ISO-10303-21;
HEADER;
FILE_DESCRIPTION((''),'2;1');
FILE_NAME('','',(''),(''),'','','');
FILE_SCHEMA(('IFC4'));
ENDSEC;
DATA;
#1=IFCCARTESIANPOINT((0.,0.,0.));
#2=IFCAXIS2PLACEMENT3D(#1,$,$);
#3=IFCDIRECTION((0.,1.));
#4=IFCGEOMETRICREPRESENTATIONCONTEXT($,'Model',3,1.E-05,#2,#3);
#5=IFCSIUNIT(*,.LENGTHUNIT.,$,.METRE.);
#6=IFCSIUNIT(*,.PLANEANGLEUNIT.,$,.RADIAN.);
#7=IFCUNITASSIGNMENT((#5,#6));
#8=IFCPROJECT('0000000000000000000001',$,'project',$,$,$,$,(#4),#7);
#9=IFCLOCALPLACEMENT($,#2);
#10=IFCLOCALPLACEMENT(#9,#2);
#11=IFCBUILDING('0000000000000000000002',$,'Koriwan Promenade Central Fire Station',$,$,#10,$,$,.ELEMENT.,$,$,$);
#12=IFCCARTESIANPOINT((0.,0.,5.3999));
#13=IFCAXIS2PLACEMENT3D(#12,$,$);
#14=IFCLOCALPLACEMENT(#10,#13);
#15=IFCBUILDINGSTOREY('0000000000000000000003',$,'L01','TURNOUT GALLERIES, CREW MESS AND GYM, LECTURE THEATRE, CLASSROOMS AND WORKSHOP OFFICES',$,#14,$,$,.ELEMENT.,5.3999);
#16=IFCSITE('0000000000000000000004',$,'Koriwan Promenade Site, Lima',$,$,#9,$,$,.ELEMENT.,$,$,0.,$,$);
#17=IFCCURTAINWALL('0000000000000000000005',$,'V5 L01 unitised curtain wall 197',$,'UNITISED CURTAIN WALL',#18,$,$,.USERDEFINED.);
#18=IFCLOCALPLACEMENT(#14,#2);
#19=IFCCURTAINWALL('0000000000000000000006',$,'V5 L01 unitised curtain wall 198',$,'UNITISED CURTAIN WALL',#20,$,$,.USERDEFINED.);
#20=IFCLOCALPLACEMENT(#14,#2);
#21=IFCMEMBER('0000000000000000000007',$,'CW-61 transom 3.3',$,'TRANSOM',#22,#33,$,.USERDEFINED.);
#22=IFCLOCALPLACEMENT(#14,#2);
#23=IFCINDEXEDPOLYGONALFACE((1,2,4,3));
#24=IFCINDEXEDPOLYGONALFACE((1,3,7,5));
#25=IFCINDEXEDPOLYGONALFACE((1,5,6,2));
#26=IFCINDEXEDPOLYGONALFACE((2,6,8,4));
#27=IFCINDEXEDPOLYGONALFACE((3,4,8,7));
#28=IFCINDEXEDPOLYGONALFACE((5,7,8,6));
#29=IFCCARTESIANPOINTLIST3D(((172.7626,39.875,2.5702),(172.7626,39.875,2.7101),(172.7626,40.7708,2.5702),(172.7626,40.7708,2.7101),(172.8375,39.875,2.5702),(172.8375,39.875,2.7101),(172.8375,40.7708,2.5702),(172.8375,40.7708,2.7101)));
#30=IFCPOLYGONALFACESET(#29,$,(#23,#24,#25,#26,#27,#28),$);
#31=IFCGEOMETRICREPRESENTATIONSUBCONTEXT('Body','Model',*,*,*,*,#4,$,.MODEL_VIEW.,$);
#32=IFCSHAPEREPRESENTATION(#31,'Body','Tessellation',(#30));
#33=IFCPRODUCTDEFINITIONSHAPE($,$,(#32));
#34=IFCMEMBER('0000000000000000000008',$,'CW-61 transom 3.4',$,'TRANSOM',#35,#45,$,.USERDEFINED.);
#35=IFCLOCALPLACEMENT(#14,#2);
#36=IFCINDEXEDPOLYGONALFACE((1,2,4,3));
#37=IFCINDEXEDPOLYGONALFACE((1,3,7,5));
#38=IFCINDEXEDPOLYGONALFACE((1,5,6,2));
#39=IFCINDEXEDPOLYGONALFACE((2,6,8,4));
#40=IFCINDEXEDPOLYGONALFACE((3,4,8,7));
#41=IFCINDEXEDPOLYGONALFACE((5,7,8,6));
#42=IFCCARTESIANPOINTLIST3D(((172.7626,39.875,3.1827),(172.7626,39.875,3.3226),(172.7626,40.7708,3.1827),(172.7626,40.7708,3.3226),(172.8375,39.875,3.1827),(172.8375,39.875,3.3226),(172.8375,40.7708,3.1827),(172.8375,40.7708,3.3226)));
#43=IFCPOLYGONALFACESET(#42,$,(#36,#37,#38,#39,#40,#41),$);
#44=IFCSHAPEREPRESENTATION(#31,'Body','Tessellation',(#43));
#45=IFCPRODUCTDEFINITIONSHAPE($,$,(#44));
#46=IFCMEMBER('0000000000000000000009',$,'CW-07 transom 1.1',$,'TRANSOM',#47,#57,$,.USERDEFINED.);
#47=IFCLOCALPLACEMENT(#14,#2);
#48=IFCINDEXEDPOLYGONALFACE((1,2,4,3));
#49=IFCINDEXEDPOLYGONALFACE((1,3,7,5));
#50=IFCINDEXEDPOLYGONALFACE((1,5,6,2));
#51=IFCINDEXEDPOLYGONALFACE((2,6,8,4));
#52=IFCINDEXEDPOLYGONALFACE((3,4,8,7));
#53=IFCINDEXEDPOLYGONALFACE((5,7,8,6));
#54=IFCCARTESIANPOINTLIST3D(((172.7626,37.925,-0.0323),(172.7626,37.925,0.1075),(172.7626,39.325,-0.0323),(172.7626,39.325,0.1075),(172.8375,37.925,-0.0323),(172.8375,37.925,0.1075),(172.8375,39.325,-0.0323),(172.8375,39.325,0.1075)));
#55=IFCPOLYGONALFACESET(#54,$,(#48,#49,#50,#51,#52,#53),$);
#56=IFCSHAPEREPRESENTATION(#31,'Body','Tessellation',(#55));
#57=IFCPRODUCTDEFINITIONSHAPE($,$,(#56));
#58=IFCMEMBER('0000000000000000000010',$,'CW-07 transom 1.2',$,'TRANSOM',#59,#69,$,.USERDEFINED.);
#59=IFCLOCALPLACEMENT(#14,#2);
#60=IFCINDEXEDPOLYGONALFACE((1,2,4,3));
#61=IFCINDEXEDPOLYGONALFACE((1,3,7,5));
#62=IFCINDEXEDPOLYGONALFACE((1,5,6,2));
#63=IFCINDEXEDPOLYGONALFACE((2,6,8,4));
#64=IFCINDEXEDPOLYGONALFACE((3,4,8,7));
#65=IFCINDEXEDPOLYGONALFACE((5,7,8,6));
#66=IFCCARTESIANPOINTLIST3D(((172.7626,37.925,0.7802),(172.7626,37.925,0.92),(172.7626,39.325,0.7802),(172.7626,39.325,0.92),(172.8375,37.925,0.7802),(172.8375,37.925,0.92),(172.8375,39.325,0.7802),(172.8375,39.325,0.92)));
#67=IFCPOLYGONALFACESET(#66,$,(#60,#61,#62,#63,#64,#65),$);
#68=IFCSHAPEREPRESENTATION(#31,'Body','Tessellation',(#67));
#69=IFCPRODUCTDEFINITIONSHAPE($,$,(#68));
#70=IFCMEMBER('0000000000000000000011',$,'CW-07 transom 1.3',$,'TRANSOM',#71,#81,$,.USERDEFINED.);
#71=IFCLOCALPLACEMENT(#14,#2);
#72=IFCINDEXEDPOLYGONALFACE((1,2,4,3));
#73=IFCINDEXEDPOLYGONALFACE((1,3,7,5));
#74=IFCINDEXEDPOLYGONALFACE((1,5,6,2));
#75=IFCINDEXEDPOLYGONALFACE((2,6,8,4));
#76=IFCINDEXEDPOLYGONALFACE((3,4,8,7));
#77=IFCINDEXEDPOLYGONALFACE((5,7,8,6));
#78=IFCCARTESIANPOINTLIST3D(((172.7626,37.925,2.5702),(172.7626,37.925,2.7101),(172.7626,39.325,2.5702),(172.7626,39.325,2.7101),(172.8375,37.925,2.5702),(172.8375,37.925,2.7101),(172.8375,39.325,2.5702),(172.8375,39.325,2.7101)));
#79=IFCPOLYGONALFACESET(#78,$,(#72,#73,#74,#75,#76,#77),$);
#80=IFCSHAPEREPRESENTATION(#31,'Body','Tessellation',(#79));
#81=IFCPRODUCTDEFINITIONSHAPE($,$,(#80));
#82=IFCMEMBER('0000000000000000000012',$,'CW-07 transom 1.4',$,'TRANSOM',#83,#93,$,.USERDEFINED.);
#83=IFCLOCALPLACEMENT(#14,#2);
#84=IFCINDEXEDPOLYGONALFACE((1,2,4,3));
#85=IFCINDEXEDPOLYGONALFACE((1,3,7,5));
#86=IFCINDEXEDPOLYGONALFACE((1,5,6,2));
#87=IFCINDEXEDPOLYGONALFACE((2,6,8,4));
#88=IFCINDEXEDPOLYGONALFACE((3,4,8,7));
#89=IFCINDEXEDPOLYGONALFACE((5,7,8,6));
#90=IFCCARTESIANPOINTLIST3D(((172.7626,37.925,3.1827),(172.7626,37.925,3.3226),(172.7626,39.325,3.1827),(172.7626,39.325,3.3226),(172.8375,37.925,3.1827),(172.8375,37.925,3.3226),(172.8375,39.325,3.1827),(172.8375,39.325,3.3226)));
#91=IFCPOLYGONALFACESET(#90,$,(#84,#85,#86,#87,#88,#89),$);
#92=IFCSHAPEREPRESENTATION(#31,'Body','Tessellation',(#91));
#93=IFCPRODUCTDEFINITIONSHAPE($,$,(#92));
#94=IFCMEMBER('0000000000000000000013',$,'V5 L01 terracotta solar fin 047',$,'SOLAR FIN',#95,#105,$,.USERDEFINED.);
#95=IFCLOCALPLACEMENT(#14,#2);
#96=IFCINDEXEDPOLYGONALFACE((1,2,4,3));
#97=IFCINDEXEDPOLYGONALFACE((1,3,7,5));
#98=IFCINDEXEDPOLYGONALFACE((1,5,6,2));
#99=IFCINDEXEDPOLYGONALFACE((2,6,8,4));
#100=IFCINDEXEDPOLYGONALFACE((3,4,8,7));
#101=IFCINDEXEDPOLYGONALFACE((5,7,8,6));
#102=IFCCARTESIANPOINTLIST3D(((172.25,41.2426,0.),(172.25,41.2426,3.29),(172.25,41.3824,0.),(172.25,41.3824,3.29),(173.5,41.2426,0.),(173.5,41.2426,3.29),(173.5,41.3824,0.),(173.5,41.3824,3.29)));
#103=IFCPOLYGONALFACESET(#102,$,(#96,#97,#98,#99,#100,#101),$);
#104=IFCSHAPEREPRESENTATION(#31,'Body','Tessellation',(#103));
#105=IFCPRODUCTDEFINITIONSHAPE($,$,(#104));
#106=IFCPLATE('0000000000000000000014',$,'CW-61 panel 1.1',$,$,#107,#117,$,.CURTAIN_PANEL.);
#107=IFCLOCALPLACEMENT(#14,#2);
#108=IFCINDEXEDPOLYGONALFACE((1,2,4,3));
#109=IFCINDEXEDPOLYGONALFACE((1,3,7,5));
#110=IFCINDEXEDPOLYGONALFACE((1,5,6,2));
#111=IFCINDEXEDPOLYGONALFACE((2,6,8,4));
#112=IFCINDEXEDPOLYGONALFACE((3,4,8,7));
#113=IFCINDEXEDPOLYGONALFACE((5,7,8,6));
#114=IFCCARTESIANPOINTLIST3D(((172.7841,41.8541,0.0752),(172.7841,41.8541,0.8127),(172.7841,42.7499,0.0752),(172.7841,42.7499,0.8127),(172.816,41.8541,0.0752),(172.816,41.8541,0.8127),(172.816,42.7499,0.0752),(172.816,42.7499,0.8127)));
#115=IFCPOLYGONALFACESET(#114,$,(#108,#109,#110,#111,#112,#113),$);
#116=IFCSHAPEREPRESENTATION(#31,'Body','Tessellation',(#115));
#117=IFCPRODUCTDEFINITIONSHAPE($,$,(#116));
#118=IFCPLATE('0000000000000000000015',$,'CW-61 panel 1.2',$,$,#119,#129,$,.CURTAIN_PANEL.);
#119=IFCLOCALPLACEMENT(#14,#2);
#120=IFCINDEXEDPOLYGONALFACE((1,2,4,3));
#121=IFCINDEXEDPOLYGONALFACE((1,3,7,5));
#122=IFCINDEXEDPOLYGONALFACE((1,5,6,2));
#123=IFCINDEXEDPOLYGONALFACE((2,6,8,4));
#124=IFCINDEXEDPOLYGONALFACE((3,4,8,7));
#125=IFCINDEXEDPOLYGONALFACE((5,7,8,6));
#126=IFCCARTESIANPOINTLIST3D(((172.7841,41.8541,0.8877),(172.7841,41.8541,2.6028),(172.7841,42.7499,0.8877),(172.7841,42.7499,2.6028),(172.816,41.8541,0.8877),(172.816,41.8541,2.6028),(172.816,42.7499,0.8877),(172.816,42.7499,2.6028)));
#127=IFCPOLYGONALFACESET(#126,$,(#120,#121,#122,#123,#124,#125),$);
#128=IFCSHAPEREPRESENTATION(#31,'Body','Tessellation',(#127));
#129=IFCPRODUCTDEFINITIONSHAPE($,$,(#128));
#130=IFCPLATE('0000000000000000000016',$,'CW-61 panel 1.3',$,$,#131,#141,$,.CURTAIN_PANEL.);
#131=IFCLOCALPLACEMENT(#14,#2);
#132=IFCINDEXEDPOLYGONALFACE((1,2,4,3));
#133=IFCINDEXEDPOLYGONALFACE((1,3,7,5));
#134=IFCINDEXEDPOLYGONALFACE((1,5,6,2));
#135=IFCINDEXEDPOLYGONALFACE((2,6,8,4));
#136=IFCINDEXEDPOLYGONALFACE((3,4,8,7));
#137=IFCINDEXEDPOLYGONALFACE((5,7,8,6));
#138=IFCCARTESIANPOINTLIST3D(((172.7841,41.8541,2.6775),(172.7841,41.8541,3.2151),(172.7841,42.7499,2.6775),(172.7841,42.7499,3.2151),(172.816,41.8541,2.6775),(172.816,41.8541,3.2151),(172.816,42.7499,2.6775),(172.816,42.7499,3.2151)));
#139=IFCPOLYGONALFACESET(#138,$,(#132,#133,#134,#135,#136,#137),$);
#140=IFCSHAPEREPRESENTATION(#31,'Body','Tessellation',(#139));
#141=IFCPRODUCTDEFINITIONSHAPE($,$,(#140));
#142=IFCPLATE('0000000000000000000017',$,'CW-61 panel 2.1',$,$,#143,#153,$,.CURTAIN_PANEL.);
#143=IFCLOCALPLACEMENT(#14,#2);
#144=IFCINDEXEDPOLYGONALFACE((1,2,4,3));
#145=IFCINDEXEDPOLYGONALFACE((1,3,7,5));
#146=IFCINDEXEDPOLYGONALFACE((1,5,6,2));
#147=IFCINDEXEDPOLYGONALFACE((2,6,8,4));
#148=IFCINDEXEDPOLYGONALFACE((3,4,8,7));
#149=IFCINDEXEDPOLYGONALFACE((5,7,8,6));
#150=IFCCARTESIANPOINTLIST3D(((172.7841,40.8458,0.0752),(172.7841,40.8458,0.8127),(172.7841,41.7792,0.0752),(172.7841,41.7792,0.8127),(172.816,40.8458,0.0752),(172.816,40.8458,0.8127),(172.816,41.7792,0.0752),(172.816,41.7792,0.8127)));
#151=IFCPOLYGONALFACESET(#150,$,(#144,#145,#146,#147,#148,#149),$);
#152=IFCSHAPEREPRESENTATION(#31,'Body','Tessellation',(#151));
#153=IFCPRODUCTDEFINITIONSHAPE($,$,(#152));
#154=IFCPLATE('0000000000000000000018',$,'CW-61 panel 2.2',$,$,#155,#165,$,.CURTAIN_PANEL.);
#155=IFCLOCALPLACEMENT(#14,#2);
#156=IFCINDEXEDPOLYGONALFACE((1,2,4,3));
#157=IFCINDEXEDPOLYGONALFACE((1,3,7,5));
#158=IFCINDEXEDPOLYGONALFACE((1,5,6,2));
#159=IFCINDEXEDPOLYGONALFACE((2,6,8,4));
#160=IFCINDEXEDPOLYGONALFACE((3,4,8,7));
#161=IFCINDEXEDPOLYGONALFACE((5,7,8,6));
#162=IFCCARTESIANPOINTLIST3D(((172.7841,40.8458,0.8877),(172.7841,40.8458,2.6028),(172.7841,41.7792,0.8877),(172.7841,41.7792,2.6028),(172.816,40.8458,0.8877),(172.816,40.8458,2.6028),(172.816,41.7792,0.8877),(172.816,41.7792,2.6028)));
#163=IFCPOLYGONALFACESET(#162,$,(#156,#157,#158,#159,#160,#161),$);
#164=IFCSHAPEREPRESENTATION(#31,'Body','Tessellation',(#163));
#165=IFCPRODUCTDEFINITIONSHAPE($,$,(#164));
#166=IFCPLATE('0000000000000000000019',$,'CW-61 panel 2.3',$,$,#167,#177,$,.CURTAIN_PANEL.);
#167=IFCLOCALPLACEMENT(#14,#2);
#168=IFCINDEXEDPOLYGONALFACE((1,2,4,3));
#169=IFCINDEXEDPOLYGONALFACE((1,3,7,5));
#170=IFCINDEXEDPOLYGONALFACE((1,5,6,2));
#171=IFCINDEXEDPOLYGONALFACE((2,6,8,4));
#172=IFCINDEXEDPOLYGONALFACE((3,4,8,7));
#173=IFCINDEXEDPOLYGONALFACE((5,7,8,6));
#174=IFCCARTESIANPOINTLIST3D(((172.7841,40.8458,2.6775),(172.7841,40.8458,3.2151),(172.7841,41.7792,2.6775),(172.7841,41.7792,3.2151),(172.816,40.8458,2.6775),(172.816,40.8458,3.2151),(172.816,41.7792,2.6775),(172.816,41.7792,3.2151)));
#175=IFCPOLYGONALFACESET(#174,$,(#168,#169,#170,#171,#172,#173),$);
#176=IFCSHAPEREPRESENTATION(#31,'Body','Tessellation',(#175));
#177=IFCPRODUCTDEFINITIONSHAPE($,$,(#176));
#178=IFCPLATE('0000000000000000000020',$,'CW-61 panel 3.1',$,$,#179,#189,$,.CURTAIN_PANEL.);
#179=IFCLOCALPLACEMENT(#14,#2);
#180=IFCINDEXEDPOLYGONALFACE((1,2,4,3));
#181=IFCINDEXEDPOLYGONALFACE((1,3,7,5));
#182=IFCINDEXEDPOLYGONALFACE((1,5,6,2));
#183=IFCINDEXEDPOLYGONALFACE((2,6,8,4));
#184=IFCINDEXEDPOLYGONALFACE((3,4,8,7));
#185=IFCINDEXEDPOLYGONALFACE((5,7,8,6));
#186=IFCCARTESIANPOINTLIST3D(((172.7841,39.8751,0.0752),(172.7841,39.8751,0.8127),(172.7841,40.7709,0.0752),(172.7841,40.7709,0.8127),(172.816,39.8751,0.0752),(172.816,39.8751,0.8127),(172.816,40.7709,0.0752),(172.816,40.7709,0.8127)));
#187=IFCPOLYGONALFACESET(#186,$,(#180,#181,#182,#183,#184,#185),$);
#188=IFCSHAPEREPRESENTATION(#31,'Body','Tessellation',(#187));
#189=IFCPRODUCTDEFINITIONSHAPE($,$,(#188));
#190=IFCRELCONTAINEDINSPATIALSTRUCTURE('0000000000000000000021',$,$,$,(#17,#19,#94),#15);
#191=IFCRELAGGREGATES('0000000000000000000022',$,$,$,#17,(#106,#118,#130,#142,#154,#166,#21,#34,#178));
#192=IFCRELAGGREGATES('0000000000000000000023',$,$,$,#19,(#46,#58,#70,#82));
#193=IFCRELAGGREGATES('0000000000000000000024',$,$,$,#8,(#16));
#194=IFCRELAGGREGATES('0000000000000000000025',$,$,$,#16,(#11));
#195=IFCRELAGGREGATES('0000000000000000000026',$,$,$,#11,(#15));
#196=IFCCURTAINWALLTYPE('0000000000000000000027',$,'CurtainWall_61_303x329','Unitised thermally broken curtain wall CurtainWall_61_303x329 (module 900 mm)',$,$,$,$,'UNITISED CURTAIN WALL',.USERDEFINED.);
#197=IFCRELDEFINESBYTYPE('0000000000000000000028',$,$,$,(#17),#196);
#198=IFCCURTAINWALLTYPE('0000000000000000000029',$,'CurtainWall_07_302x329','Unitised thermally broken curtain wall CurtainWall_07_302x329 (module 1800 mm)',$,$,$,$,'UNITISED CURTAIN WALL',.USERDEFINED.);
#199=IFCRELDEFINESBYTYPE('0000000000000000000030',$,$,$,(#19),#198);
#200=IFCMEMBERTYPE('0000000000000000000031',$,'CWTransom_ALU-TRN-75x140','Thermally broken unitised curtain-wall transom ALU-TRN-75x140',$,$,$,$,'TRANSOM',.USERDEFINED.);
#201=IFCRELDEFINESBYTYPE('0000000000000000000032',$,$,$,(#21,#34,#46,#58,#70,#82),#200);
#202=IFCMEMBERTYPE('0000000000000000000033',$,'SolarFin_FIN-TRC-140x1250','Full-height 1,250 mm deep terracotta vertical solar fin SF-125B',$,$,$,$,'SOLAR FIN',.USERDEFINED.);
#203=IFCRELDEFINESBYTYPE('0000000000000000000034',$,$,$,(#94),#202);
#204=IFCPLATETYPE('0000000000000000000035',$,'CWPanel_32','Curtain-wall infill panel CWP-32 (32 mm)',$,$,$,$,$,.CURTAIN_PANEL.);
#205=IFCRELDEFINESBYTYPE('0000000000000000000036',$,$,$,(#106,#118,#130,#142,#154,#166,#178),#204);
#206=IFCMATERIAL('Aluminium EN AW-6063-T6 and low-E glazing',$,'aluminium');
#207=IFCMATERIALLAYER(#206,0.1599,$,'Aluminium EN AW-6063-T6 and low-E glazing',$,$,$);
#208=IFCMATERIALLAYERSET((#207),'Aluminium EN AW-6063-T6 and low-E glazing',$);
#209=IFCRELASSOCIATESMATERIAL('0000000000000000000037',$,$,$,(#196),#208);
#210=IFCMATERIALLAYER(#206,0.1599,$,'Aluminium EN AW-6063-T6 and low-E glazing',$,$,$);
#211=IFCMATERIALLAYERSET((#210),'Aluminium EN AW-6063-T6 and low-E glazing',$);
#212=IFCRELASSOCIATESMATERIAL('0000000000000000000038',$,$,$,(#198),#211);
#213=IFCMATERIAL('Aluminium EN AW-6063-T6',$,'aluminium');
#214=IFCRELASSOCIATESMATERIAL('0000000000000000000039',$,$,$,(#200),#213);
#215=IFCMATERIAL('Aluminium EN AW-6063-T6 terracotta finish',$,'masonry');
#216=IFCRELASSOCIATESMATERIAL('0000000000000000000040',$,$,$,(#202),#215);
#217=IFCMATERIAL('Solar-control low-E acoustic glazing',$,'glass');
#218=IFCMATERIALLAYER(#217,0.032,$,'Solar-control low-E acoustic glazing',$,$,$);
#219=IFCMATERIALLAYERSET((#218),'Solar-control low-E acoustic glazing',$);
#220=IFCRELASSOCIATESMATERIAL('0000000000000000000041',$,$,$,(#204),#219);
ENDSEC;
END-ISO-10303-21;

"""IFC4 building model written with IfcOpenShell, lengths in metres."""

from ifc_helpers import new_model, si_unit, direction, frame, origin, origin_2d, place, context, subcontext, project, spatial, rectangle, extrude, material, layer, layer_set, material_profile, profile_set, type_object, element, aggregate, save


model = new_model("IFC4")

# Units and contexts
model_context = context("Model", 3, precision=1e-05, world=origin(), true_north=direction((0.0, 1.0)))
body_context = subcontext(model_context, "Body", "Model", "MODEL_VIEW")
ifc_project = project(units=[si_unit("LENGTHUNIT", "METRE"), si_unit("PLANEANGLEUNIT", "RADIAN")], contexts=[model_context])

# Site, building, storey
site_placement = place(None, origin())
site = spatial("IfcSite", under=ifc_project, at=site_placement, Name="Koriwan Promenade Site, Lima", CompositionType="ELEMENT", RefElevation=0.0)
building_placement = place(site_placement, origin())
building = spatial("IfcBuilding", under=site, at=building_placement, Name="Koriwan Promenade Central Fire Station", CompositionType="ELEMENT")
storey_placement = place(building_placement, frame((0.0, 0.0, 5.3999)))
storey = spatial("IfcBuildingStorey", under=building, at=storey_placement, Name="L01", Description="TURNOUT GALLERIES, CREW MESS AND GYM, LECTURE THEATRE, CLASSROOMS AND WORKSHOP OFFICES", CompositionType="ELEMENT", Elevation=5.3999)

# Curtain wall
ifc_material_1 = material(Name="Aluminium EN AW-6063-T6 and low-E glazing", Category="aluminium")
ifc_layer_1 = layer(ifc_material_1, 0.1599, Name="Aluminium EN AW-6063-T6 and low-E glazing")
ifc_layer_set_1 = layer_set([ifc_layer_1], Name="Aluminium EN AW-6063-T6 and low-E glazing")
curtain_wall_type_1 = type_object("IfcCurtainWallType", Name="CurtainWall_61_303x329", Description="Unitised thermally broken curtain wall CurtainWall_61_303x329 (module 900 mm)", ElementType="UNITISED CURTAIN WALL", PredefinedType="USERDEFINED", material=ifc_layer_set_1)
curtain_wall_1_placement = place(storey_placement, origin())
curtain_wall_1 = element("IfcCurtainWall", 1, at=curtain_wall_1_placement, inside=storey, type_object=curtain_wall_type_1, Name="V5 L01 unitised curtain wall 197", ObjectType="UNITISED CURTAIN WALL", PredefinedType="USERDEFINED")
ifc_material_2 = material(Name="Aluminium EN AW-6063-T6", Category="aluminium")

# Curtain wall
ifc_layer_2 = layer(ifc_material_1, 0.1599, Name="Aluminium EN AW-6063-T6 and low-E glazing")
ifc_layer_set_2 = layer_set([ifc_layer_2], Name="Aluminium EN AW-6063-T6 and low-E glazing")
curtain_wall_type_2 = type_object("IfcCurtainWallType", Name="CurtainWall_07_302x329", Description="Unitised thermally broken curtain wall CurtainWall_07_302x329 (module 1800 mm)", ElementType="UNITISED CURTAIN WALL", PredefinedType="USERDEFINED", material=ifc_layer_set_2)
curtain_wall_2_placement = place(storey_placement, origin())
curtain_wall_2 = element("IfcCurtainWall", 2, at=curtain_wall_2_placement, inside=storey, type_object=curtain_wall_type_2, Name="V5 L01 unitised curtain wall 198", ObjectType="UNITISED CURTAIN WALL", PredefinedType="USERDEFINED")

# Members
ifc_material_profile_1 = material_profile(ifc_material_2, rectangle(XDim=0.075, YDim=0.1399, at=origin_2d()), Name="ALU-TRN-75x140")
ifc_profile_set_1 = profile_set([ifc_material_profile_1], Name="Aluminium EN AW-6063-T6")
member_type_1 = type_object("IfcMemberType", Name="CWTransom_ALU-TRN-75x140", Description="Thermally broken unitised curtain-wall transom ALU-TRN-75x140", ElementType="TRANSOM", PredefinedType="USERDEFINED", material=ifc_profile_set_1)
member_1_placement = place(storey_placement, frame((172.8, 40.7708, 2.6401), z_axis=(0.0, -1.0, 0.0), x_axis=(1.0, 0.0, 0.0)))
member_1 = element("IfcMember", 3, at=member_1_placement, type_object=member_type_1, Name="CW-61 transom 3.3", ObjectType="TRANSOM", PredefinedType="USERDEFINED", context=body_context, shape_type="SweptSolid", body=[
    extrude(rectangle(XDim=0.075, YDim=0.1399, at=origin_2d()), origin(), (0.0, 0.0, 1.0), 0.8958),
])
member_2_placement = place(storey_placement, frame((172.8, 40.7708, 3.2527), z_axis=(0.0, -1.0, 0.0), x_axis=(1.0, 0.0, 0.0)))
member_2 = element("IfcMember", 4, at=member_2_placement, type_object=member_type_1, Name="CW-61 transom 3.4", ObjectType="TRANSOM", PredefinedType="USERDEFINED", context=body_context, shape_type="SweptSolid", body=[
    extrude(rectangle(XDim=0.075, YDim=0.1399, at=origin_2d()), origin(), (0.0, 0.0, 1.0), 0.8958),
])
member_3_placement = place(storey_placement, frame((172.8, 39.325, 0.0376), z_axis=(0.0, -1.0, 0.0), x_axis=(1.0, 0.0, 0.0)))
member_3 = element("IfcMember", 5, at=member_3_placement, type_object=member_type_1, Name="CW-07 transom 1.1", ObjectType="TRANSOM", PredefinedType="USERDEFINED", context=body_context, shape_type="SweptSolid", body=[
    extrude(rectangle(XDim=0.075, YDim=0.1399, at=origin_2d()), origin(), (0.0, 0.0, 1.0), 1.3999),
])
member_4_placement = place(storey_placement, frame((172.8, 39.325, 0.8501), z_axis=(0.0, -1.0, 0.0), x_axis=(1.0, 0.0, 0.0)))
member_4 = element("IfcMember", 6, at=member_4_placement, type_object=member_type_1, Name="CW-07 transom 1.2", ObjectType="TRANSOM", PredefinedType="USERDEFINED", context=body_context, shape_type="SweptSolid", body=[
    extrude(rectangle(XDim=0.075, YDim=0.1399, at=origin_2d()), origin(), (0.0, 0.0, 1.0), 1.3999),
])
member_5_placement = place(storey_placement, frame((172.8, 39.325, 2.6401), z_axis=(0.0, -1.0, 0.0), x_axis=(1.0, 0.0, 0.0)))
member_5 = element("IfcMember", 7, at=member_5_placement, type_object=member_type_1, Name="CW-07 transom 1.3", ObjectType="TRANSOM", PredefinedType="USERDEFINED", context=body_context, shape_type="SweptSolid", body=[
    extrude(rectangle(XDim=0.075, YDim=0.1399, at=origin_2d()), origin(), (0.0, 0.0, 1.0), 1.3999),
])
member_6_placement = place(storey_placement, frame((172.8, 39.325, 3.2527), z_axis=(0.0, -1.0, 0.0), x_axis=(1.0, 0.0, 0.0)))
member_6 = element("IfcMember", 8, at=member_6_placement, type_object=member_type_1, Name="CW-07 transom 1.4", ObjectType="TRANSOM", PredefinedType="USERDEFINED", context=body_context, shape_type="SweptSolid", body=[
    extrude(rectangle(XDim=0.075, YDim=0.1399, at=origin_2d()), origin(), (0.0, 0.0, 1.0), 1.3999),
])
ifc_material_3 = material(Name="Aluminium EN AW-6063-T6 terracotta finish", Category="masonry")
ifc_material_profile_2 = material_profile(ifc_material_3, rectangle(XDim=0.1399, YDim=1.25, at=origin_2d()), Name="FIN-TRC-140x1250")
ifc_profile_set_2 = profile_set([ifc_material_profile_2], Name="Aluminium EN AW-6063-T6 terracotta finish")
member_type_2 = type_object("IfcMemberType", Name="SolarFin_FIN-TRC-140x1250", Description="Full-height 1,250 mm deep terracotta vertical solar fin SF-125B", ElementType="SOLAR FIN", PredefinedType="USERDEFINED", material=ifc_profile_set_2)
member_7_placement = place(storey_placement, frame((172.875, 41.3125, 0.0), z_axis=(0.0, 0.0, 1.0), x_axis=(0.0, -1.0, 0.0)))
element("IfcMember", 9, at=member_7_placement, inside=storey, type_object=member_type_2, Name="V5 L01 terracotta solar fin 047", ObjectType="SOLAR FIN", PredefinedType="USERDEFINED", context=body_context, shape_type="SweptSolid", body=[
    extrude(rectangle(XDim=0.1399, YDim=1.25, at=origin_2d()), origin(), (0.0, 0.0, 1.0), 3.29),
])

# Plates
ifc_material_4 = material(Name="Solar-control low-E acoustic glazing", Category="glass")
ifc_layer_3 = layer(ifc_material_4, 0.032, Name="Solar-control low-E acoustic glazing")
ifc_layer_set_3 = layer_set([ifc_layer_3], Name="Solar-control low-E acoustic glazing")
plate_type = type_object("IfcPlateType", Name="CWPanel_32", Description="Curtain-wall infill panel CWP-32 (32 mm)", PredefinedType="CURTAIN_PANEL", material=ifc_layer_set_3)
plate_1_placement = place(storey_placement, frame((172.8, 42.302, 0.0752), z_axis=(0.0, 0.0, 1.0), x_axis=(0.0, -1.0, 0.0)))
plate_1 = element("IfcPlate", 10, at=plate_1_placement, type_object=plate_type, Name="CW-61 panel 1.1", PredefinedType="CURTAIN_PANEL", context=body_context, shape_type="SweptSolid", body=[
    extrude(rectangle(XDim=0.8958, YDim=0.032, at=origin_2d()), origin(), (0.0, 0.0, 1.0), 0.7375),
])
plate_2_placement = place(storey_placement, frame((172.8, 42.302, 0.8877), z_axis=(0.0, 0.0, 1.0), x_axis=(0.0, -1.0, 0.0)))
plate_2 = element("IfcPlate", 11, at=plate_2_placement, type_object=plate_type, Name="CW-61 panel 1.2", PredefinedType="CURTAIN_PANEL", context=body_context, shape_type="SweptSolid", body=[
    extrude(rectangle(XDim=0.8958, YDim=0.032, at=origin_2d()), origin(), (0.0, 0.0, 1.0), 1.7151),
])
plate_3_placement = place(storey_placement, frame((172.8, 42.302, 2.6775), z_axis=(0.0, 0.0, 1.0), x_axis=(0.0, -1.0, 0.0)))
plate_3 = element("IfcPlate", 12, at=plate_3_placement, type_object=plate_type, Name="CW-61 panel 1.3", PredefinedType="CURTAIN_PANEL", context=body_context, shape_type="SweptSolid", body=[
    extrude(rectangle(XDim=0.8958, YDim=0.032, at=origin_2d()), origin(), (0.0, 0.0, 1.0), 0.5376),
])
plate_4_placement = place(storey_placement, frame((172.8, 41.3125, 0.0752), z_axis=(0.0, 0.0, 1.0), x_axis=(0.0, -1.0, 0.0)))
plate_4 = element("IfcPlate", 13, at=plate_4_placement, type_object=plate_type, Name="CW-61 panel 2.1", PredefinedType="CURTAIN_PANEL", context=body_context, shape_type="SweptSolid", body=[
    extrude(rectangle(XDim=0.9333, YDim=0.032, at=origin_2d()), origin(), (0.0, 0.0, 1.0), 0.7375),
])
plate_5_placement = place(storey_placement, frame((172.8, 41.3125, 0.8877), z_axis=(0.0, 0.0, 1.0), x_axis=(0.0, -1.0, 0.0)))
plate_5 = element("IfcPlate", 14, at=plate_5_placement, type_object=plate_type, Name="CW-61 panel 2.2", PredefinedType="CURTAIN_PANEL", context=body_context, shape_type="SweptSolid", body=[
    extrude(rectangle(XDim=0.9333, YDim=0.032, at=origin_2d()), origin(), (0.0, 0.0, 1.0), 1.7151),
])
plate_6_placement = place(storey_placement, frame((172.8, 41.3125, 2.6775), z_axis=(0.0, 0.0, 1.0), x_axis=(0.0, -1.0, 0.0)))
plate_6 = element("IfcPlate", 15, at=plate_6_placement, type_object=plate_type, Name="CW-61 panel 2.3", PredefinedType="CURTAIN_PANEL", context=body_context, shape_type="SweptSolid", body=[
    extrude(rectangle(XDim=0.9333, YDim=0.032, at=origin_2d()), origin(), (0.0, 0.0, 1.0), 0.5376),
])
plate_7_placement = place(storey_placement, frame((172.8, 40.323, 0.0752), z_axis=(0.0, 0.0, 1.0), x_axis=(0.0, -1.0, 0.0)))
plate_7 = element("IfcPlate", 16, at=plate_7_placement, type_object=plate_type, Name="CW-61 panel 3.1", PredefinedType="CURTAIN_PANEL", context=body_context, shape_type="SweptSolid", body=[
    extrude(rectangle(XDim=0.8958, YDim=0.032, at=origin_2d()), origin(), (0.0, 0.0, 1.0), 0.7375),
])
aggregate(curtain_wall_1, [plate_1, plate_2, plate_3, plate_4, plate_5, plate_6, member_1, member_2, plate_7])
aggregate(curtain_wall_2, [member_3, member_4, member_5, member_6])

save(model, "model.ifc")
